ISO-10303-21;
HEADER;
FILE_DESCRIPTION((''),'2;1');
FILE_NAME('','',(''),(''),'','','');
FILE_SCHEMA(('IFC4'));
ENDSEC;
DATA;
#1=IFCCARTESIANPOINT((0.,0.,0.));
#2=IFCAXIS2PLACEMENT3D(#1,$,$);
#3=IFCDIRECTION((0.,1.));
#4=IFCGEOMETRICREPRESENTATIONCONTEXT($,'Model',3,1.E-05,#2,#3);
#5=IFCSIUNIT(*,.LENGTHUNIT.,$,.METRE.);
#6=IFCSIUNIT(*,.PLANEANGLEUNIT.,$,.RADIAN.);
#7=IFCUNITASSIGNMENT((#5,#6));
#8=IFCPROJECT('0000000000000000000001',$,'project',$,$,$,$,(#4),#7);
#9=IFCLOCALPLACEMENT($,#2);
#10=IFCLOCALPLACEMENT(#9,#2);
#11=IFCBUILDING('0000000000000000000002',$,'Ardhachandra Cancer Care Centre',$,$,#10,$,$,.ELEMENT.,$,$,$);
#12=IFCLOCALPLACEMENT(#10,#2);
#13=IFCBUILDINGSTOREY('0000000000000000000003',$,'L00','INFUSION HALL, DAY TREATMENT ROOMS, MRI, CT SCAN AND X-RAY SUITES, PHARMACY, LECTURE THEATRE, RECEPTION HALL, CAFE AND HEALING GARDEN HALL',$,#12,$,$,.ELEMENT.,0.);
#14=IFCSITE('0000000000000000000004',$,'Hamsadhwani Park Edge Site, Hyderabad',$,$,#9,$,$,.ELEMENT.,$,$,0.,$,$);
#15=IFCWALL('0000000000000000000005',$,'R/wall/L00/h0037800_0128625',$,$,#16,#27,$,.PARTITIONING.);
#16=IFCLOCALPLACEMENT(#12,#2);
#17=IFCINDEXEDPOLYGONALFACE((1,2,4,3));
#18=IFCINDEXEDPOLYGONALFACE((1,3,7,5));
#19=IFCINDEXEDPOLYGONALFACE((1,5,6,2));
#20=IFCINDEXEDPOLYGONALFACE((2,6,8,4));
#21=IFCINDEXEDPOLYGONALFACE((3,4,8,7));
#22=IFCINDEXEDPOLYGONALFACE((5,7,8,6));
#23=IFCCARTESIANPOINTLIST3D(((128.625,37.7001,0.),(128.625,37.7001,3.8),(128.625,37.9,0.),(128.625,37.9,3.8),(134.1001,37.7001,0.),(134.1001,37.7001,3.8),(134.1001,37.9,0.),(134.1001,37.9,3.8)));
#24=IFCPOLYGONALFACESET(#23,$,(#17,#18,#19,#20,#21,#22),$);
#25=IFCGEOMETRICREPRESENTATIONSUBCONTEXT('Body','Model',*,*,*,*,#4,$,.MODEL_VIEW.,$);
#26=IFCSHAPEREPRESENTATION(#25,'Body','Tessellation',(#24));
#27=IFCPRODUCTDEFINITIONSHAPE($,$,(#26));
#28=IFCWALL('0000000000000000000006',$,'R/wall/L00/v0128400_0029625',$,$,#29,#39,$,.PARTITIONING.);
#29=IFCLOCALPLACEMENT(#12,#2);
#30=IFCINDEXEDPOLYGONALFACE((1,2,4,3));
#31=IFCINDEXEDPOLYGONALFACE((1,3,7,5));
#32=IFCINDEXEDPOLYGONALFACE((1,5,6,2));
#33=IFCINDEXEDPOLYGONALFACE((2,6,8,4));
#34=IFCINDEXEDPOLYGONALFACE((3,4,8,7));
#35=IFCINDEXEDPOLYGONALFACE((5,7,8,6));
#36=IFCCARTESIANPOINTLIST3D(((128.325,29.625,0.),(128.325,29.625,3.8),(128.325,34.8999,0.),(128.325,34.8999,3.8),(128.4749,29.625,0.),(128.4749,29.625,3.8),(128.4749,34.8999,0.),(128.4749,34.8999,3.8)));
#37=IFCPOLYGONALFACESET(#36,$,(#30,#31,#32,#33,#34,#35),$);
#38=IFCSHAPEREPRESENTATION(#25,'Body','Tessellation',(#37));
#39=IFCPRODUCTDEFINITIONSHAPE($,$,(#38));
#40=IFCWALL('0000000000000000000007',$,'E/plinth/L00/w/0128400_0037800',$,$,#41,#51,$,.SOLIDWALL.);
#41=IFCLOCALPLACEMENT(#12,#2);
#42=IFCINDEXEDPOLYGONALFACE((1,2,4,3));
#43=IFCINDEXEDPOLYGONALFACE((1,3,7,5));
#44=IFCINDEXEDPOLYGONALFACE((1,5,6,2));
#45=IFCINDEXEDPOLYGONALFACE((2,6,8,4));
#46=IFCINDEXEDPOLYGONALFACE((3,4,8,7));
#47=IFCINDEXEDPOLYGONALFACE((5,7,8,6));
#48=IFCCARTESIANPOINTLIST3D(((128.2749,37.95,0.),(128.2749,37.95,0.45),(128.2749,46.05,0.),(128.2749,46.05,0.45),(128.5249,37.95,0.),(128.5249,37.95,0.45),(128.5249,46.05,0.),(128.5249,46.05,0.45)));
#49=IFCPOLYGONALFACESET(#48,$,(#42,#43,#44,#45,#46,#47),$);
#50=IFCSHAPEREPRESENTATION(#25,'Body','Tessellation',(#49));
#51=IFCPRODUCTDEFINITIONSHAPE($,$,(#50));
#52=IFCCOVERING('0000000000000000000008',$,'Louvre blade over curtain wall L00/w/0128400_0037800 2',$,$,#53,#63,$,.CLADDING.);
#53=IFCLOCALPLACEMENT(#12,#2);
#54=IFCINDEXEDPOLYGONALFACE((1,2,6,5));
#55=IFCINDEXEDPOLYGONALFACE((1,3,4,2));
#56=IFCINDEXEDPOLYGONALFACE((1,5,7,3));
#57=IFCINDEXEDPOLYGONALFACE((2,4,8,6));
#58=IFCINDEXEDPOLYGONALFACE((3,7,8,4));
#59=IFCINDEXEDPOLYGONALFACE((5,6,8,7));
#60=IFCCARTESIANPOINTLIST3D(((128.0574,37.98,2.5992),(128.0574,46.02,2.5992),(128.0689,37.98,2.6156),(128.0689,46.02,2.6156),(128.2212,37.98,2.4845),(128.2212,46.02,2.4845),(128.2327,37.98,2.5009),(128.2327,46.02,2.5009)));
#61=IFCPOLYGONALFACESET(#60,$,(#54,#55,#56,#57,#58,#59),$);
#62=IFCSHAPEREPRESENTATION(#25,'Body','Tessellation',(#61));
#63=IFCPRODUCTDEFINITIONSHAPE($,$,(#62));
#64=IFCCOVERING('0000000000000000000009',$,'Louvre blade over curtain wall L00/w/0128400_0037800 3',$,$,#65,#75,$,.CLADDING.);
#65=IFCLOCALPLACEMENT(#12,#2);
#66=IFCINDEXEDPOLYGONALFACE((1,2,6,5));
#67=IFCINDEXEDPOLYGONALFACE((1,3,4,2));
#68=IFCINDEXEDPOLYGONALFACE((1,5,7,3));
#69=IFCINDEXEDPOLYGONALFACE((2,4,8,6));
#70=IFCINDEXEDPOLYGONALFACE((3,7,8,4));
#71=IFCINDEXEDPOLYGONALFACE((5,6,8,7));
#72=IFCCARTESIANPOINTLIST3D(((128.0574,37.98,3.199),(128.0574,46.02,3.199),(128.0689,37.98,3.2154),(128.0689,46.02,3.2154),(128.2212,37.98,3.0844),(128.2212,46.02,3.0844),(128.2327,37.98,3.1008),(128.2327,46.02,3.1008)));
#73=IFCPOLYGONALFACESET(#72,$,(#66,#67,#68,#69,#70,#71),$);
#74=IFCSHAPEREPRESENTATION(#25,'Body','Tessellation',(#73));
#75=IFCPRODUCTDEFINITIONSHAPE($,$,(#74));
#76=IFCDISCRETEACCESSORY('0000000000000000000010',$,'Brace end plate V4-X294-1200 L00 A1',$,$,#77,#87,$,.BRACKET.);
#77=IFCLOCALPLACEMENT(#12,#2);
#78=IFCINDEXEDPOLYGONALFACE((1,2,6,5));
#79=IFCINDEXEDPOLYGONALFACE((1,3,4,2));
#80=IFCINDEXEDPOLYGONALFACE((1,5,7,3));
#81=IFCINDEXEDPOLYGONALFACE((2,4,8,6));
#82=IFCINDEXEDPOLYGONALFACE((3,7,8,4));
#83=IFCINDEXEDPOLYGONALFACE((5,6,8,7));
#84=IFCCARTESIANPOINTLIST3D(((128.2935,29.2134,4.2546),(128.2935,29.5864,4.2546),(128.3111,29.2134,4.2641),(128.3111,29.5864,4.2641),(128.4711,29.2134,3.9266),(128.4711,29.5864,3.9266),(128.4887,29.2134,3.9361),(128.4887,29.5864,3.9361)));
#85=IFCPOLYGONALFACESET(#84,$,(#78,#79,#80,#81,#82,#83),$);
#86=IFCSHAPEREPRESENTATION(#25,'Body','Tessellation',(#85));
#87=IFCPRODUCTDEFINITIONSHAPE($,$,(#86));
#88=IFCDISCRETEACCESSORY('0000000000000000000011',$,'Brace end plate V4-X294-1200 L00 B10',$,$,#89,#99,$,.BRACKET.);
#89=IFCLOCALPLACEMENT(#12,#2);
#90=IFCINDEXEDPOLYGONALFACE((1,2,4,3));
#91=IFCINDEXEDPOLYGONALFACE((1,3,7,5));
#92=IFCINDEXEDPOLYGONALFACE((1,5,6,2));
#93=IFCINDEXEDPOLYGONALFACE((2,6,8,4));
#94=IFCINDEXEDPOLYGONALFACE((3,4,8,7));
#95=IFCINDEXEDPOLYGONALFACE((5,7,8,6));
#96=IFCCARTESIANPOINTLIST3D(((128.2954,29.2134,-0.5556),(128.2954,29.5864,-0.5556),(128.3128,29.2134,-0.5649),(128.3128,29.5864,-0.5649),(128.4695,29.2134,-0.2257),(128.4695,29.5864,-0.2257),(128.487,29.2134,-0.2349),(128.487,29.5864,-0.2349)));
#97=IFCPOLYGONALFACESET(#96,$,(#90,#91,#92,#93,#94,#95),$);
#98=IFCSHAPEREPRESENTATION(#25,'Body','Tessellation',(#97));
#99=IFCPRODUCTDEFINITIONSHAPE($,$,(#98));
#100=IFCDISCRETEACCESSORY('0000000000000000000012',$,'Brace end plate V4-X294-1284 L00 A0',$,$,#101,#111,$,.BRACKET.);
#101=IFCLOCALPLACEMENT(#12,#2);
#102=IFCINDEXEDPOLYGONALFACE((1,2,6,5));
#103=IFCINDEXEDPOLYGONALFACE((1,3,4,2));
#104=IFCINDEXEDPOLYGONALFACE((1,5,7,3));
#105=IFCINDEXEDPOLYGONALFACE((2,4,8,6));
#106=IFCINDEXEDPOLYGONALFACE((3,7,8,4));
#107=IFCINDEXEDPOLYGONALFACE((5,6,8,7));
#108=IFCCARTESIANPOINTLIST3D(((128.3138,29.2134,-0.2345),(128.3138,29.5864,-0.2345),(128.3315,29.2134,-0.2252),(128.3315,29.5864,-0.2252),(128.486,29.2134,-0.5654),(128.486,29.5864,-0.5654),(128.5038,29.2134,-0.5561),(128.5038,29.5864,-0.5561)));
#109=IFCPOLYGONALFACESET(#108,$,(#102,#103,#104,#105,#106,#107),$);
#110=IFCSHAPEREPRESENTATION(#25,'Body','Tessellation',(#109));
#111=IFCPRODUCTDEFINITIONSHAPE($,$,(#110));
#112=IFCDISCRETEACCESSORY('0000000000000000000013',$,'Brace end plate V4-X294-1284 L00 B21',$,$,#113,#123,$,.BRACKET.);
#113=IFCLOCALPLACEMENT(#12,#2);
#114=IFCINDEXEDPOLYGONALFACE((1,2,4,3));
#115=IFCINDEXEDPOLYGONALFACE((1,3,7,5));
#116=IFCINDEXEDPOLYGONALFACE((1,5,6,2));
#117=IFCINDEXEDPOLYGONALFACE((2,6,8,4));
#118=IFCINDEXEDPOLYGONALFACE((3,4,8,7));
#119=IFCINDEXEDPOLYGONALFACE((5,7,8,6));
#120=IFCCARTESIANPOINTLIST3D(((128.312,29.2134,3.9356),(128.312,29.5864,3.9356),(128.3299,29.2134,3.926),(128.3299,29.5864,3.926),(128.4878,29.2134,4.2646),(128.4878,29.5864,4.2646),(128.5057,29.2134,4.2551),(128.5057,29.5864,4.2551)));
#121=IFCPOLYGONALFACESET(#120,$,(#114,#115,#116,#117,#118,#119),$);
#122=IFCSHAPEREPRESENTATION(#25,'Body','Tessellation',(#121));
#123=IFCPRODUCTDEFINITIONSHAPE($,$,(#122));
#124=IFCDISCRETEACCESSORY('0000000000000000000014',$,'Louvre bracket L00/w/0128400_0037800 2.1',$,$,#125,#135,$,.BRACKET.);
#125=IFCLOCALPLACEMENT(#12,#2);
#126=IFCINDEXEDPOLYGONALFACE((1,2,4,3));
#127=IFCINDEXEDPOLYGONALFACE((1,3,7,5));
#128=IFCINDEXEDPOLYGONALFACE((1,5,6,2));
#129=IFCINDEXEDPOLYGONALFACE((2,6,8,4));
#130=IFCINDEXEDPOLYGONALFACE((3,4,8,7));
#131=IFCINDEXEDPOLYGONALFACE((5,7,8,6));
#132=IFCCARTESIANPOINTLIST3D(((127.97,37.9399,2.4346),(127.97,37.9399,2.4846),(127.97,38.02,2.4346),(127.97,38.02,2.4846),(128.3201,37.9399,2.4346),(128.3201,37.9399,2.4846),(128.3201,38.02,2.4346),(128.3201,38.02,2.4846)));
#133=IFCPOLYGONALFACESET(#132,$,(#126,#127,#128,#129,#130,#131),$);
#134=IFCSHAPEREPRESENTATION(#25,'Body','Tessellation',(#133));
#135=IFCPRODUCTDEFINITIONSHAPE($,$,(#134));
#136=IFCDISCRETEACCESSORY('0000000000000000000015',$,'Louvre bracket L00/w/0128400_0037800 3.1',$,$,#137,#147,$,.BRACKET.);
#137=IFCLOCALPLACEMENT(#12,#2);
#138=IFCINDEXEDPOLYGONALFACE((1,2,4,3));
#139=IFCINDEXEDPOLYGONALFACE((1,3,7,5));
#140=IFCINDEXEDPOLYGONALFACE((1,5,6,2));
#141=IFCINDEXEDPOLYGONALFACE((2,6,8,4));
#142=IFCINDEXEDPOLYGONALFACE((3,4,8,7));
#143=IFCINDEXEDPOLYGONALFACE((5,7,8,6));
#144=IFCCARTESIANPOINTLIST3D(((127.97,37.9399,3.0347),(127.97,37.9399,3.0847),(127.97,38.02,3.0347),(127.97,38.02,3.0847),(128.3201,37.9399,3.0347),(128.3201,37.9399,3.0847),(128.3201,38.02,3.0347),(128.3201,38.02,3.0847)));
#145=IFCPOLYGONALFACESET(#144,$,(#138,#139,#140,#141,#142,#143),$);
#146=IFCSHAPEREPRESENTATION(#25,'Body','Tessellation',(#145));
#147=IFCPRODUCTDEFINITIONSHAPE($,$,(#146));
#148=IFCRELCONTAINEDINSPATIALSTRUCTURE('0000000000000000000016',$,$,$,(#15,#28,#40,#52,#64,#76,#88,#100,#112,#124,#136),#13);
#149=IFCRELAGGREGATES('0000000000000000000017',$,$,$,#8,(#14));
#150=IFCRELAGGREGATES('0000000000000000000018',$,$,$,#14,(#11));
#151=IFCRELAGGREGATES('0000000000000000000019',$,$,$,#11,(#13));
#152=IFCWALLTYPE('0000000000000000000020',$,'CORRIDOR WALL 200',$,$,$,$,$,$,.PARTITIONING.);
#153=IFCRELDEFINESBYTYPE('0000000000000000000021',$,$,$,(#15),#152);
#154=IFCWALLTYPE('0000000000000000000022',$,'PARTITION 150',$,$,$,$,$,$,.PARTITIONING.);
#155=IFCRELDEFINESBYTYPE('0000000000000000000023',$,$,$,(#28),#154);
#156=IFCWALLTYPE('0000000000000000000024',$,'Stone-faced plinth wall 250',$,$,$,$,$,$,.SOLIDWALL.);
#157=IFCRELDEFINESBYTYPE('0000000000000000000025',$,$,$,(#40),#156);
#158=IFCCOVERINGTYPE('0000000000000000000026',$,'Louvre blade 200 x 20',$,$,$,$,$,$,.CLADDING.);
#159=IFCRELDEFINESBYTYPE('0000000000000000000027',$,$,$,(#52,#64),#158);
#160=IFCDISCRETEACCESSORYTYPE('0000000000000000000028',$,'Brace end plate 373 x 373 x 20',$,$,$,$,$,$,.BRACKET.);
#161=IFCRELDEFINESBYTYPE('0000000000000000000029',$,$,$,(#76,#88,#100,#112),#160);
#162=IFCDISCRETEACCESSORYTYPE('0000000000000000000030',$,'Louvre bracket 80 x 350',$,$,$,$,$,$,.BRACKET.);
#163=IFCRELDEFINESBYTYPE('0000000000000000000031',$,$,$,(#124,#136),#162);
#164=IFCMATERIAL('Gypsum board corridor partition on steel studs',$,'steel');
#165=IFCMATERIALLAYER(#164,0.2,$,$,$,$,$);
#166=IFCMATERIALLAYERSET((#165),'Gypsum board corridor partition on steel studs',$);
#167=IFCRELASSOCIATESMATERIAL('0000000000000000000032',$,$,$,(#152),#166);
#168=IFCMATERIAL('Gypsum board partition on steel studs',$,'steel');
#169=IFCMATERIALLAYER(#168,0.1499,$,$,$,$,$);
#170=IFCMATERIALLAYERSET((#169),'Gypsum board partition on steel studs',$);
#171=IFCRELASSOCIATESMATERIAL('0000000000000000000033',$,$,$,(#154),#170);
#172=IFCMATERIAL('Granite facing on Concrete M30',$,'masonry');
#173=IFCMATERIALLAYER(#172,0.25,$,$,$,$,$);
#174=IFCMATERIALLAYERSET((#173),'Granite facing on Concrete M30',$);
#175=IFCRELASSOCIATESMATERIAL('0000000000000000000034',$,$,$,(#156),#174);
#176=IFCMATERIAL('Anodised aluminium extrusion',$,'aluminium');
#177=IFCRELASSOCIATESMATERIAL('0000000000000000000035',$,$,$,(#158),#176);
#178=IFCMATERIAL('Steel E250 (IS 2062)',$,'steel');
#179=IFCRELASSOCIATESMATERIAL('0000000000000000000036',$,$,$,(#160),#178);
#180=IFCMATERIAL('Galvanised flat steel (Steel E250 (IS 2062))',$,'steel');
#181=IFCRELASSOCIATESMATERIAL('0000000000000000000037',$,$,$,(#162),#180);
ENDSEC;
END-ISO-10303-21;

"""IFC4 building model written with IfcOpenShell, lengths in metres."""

from ifc_helpers import new_model, si_unit, direction, frame, frame_2d, origin, origin_2d, place, context, subcontext, project, spatial, rectangle, extrude, material, layer, layer_set, material_profile, profile_set, type_object, element, save


model = new_model("IFC4")

# Units and contexts
model_context = context("Model", 3, precision=1e-05, world=origin(), true_north=direction((0.0, 1.0)))
body_context = subcontext(model_context, "Body", "Model", "MODEL_VIEW")
ifc_project = project(units=[si_unit("LENGTHUNIT", "METRE"), si_unit("PLANEANGLEUNIT", "RADIAN")], contexts=[model_context])

# Site, building, storey
site_placement = place(None, origin())
site = spatial("IfcSite", under=ifc_project, at=site_placement, Name="Hamsadhwani Park Edge Site, Hyderabad", CompositionType="ELEMENT", RefElevation=0.0)
building_placement = place(site_placement, origin())
building = spatial("IfcBuilding", under=site, at=building_placement, Name="Ardhachandra Cancer Care Centre", CompositionType="ELEMENT")
storey_placement = place(building_placement, origin())
storey = spatial("IfcBuildingStorey", under=building, at=storey_placement, Name="L00", Description="INFUSION HALL, DAY TREATMENT ROOMS, MRI, CT SCAN AND X-RAY SUITES, PHARMACY, LECTURE THEATRE, RECEPTION HALL, CAFE AND HEALING GARDEN HALL", CompositionType="ELEMENT", Elevation=0.0)

# Walls
ifc_material_1 = material(Name="Gypsum board corridor partition on steel studs", Category="steel")
ifc_layer_1 = layer(ifc_material_1, 0.2)
ifc_layer_set_1 = layer_set([ifc_layer_1], Name="Gypsum board corridor partition on steel studs")
wall_type_1 = type_object("IfcWallType", Name="CORRIDOR WALL 200", PredefinedType="PARTITIONING", material=ifc_layer_set_1)
wall_1_placement = place(storey_placement, frame((128.625, 37.8, 0.0), z_axis=(0.0, 0.0, 1.0), x_axis=(1.0, 0.0, 0.0)))
element("IfcWall", 1, at=wall_1_placement, inside=storey, type_object=wall_type_1, Name="R/wall/L00/h0037800_0128625", PredefinedType="PARTITIONING", context=body_context, shape_type="SweptSolid", body=[
    extrude(rectangle(XDim=5.4751, YDim=0.2, at=frame_2d((2.7375, 0.0))), origin(), (0.0, 0.0, 1.0), 3.8),
])
ifc_material_2 = material(Name="Gypsum board partition on steel studs", Category="steel")
ifc_layer_2 = layer(ifc_material_2, 0.1499)
ifc_layer_set_2 = layer_set([ifc_layer_2], Name="Gypsum board partition on steel studs")
wall_type_2 = type_object("IfcWallType", Name="PARTITION 150", PredefinedType="PARTITIONING", material=ifc_layer_set_2)
wall_2_placement = place(storey_placement, frame((128.3999, 29.625, 0.0), z_axis=(0.0, 0.0, 1.0), x_axis=(0.0, 1.0, 0.0)))
element("IfcWall", 2, at=wall_2_placement, inside=storey, type_object=wall_type_2, Name="R/wall/L00/v0128400_0029625", PredefinedType="PARTITIONING", context=body_context, shape_type="SweptSolid", body=[
    extrude(rectangle(XDim=5.2749, YDim=0.1499, at=frame_2d((2.6375, 0.0))), origin(), (0.0, 0.0, 1.0), 3.8),
])
ifc_material_3 = material(Name="Granite facing on Concrete M30", Category="masonry")
ifc_layer_3 = layer(ifc_material_3, 0.25)
ifc_layer_set_3 = layer_set([ifc_layer_3], Name="Granite facing on Concrete M30")
wall_type_3 = type_object("IfcWallType", Name="Stone-faced plinth wall 250", PredefinedType="SOLIDWALL", material=ifc_layer_set_3)
wall_3_placement = place(storey_placement, frame((128.3999, 37.95, 0.0), z_axis=(0.0, 0.0, 1.0), x_axis=(0.0, 1.0, 0.0)))
element("IfcWall", 3, at=wall_3_placement, inside=storey, type_object=wall_type_3, Name="E/plinth/L00/w/0128400_0037800", PredefinedType="SOLIDWALL", context=body_context, shape_type="SweptSolid", body=[
    extrude(rectangle(XDim=8.1001, YDim=0.25, at=frame_2d((4.05, 0.0))), origin(), (0.0, 0.0, 1.0), 0.45),
])

# Coverings
ifc_material_4 = material(Name="Anodised aluminium extrusion", Category="aluminium")
ifc_material_profile_1 = material_profile(ifc_material_4, rectangle(XDim=0.2, YDim=0.02, at=origin_2d()), Name="Louvre blade 200 x 20")
ifc_profile_set_1 = profile_set([ifc_material_profile_1], Name="Anodised aluminium extrusion")
covering_type = type_object("IfcCoveringType", Name="Louvre blade 200 x 20", PredefinedType="CLADDING", material=ifc_profile_set_1)
for number, where, z_axis, x_axis, name in (
    (4, (128.145, 37.98, 2.55), (0.0, 1.0, 0.0), (-0.819152, 0.0, 0.573576), "Louvre blade over curtain wall L00/w/0128400_0037800 2"),
    (5, (128.145, 37.98, 3.1499), (0.0, 1.0, 0.0), (-0.819152, 0.0, 0.573576), "Louvre blade over curtain wall L00/w/0128400_0037800 3"),
):
    element("IfcCovering", number, at=place(storey_placement, frame(where, z_axis=z_axis, x_axis=x_axis)), inside=storey, type_object=covering_type, Name=name, PredefinedType="CLADDING", context=body_context, shape_type="SweptSolid", body=[
        extrude(rectangle(XDim=0.2, YDim=0.02, at=origin_2d()), origin(), (0.0, 0.0, 1.0), 8.04),
    ])

# Discrete accessories
ifc_material_5 = material(Name="Steel E250 (IS 2062)", Category="steel")
ifc_material_profile_2 = material_profile(ifc_material_5, rectangle(XDim=0.373, YDim=0.373, at=origin_2d()), Name="PL 373x373x20")
ifc_profile_set_2 = profile_set([ifc_material_profile_2], Name="Steel E250 (IS 2062)")
discrete_accessory_type_1 = type_object("IfcDiscreteAccessoryType", Name="Brace end plate 373 x 373 x 20", PredefinedType="BRACKET", material=ifc_profile_set_2)
discrete_accessory_1_placement = place(storey_placement, frame((128.3999, 29.3999, 4.1001), z_axis=(-0.879292, 0.0, -0.476283), x_axis=(0.0, -1.0, 0.0)))
element("IfcDiscreteAccessory", 6, at=discrete_accessory_1_placement, inside=storey, type_object=discrete_accessory_type_1, Name="Brace end plate V4-X294-1200 L00 A1", PredefinedType="BRACKET", context=body_context, shape_type="SweptSolid", body=[
    extrude(rectangle(XDim=0.373, YDim=0.373, at=origin_2d()), origin(), (0.0, 0.0, 1.0), 0.02),
])
discrete_accessory_2_placement = place(storey_placement, frame((128.3999, 29.3999, -0.3999), z_axis=(-0.884385, 0.0, 0.466759), x_axis=(0.0, -1.0, 0.0)))
element("IfcDiscreteAccessory", 7, at=discrete_accessory_2_placement, inside=storey, type_object=discrete_accessory_type_1, Name="Brace end plate V4-X294-1200 L00 B10", PredefinedType="BRACKET", context=body_context, shape_type="SweptSolid", body=[
    extrude(rectangle(XDim=0.373, YDim=0.373, at=origin_2d()), origin(), (0.0, 0.0, 1.0), 0.0198),
])
discrete_accessory_3_placement = place(storey_placement, frame((128.3999, 29.3999, -0.3999), z_axis=(0.887018, 0.0, 0.461735), x_axis=(0.0, 1.0, 0.0)))
element("IfcDiscreteAccessory", 8, at=discrete_accessory_3_placement, inside=storey, type_object=discrete_accessory_type_1, Name="Brace end plate V4-X294-1284 L00 A0", PredefinedType="BRACKET", context=body_context, shape_type="SweptSolid", body=[
    extrude(rectangle(XDim=0.373, YDim=0.373, at=origin_2d()), origin(), (0.0, 0.0, 1.0), 0.02),
])
discrete_accessory_4_placement = place(storey_placement, frame((128.3999, 29.3999, 4.1001), z_axis=(0.882018, 0.0, -0.471215), x_axis=(0.0, 1.0, 0.0)))
element("IfcDiscreteAccessory", 9, at=discrete_accessory_4_placement, inside=storey, type_object=discrete_accessory_type_1, Name="Brace end plate V4-X294-1284 L00 B21", PredefinedType="BRACKET", context=body_context, shape_type="SweptSolid", body=[
    extrude(rectangle(XDim=0.373, YDim=0.373, at=origin_2d()), origin(), (0.0, 0.0, 1.0), 0.0203),
])
ifc_material_6 = material(Name="Galvanised flat steel (Steel E250 (IS 2062))", Category="steel")
discrete_accessory_type_2 = type_object("IfcDiscreteAccessoryType", Name="Louvre bracket 80 x 350", PredefinedType="BRACKET", material=ifc_material_6)
for number, where, z_axis, x_axis, name in (
    (10, (128.145, 37.98, 2.4346), (0.0, 0.0, 1.0), (0.0, 1.0, 0.0), "Louvre bracket L00/w/0128400_0037800 2.1"),
    (11, (128.145, 37.98, 3.0347), (0.0, 0.0, 1.0), (0.0, 1.0, 0.0), "Louvre bracket L00/w/0128400_0037800 3.1"),
):
    element("IfcDiscreteAccessory", number, at=place(storey_placement, frame(where, z_axis=z_axis, x_axis=x_axis)), inside=storey, type_object=discrete_accessory_type_2, Name=name, PredefinedType="BRACKET", context=body_context, shape_type="SweptSolid", body=[
        extrude(rectangle(XDim=0.0801, YDim=0.3501, at=origin_2d()), origin(), (0.0, 0.0, 1.0), 0.05),
    ])

save(model, "model.ifc")
